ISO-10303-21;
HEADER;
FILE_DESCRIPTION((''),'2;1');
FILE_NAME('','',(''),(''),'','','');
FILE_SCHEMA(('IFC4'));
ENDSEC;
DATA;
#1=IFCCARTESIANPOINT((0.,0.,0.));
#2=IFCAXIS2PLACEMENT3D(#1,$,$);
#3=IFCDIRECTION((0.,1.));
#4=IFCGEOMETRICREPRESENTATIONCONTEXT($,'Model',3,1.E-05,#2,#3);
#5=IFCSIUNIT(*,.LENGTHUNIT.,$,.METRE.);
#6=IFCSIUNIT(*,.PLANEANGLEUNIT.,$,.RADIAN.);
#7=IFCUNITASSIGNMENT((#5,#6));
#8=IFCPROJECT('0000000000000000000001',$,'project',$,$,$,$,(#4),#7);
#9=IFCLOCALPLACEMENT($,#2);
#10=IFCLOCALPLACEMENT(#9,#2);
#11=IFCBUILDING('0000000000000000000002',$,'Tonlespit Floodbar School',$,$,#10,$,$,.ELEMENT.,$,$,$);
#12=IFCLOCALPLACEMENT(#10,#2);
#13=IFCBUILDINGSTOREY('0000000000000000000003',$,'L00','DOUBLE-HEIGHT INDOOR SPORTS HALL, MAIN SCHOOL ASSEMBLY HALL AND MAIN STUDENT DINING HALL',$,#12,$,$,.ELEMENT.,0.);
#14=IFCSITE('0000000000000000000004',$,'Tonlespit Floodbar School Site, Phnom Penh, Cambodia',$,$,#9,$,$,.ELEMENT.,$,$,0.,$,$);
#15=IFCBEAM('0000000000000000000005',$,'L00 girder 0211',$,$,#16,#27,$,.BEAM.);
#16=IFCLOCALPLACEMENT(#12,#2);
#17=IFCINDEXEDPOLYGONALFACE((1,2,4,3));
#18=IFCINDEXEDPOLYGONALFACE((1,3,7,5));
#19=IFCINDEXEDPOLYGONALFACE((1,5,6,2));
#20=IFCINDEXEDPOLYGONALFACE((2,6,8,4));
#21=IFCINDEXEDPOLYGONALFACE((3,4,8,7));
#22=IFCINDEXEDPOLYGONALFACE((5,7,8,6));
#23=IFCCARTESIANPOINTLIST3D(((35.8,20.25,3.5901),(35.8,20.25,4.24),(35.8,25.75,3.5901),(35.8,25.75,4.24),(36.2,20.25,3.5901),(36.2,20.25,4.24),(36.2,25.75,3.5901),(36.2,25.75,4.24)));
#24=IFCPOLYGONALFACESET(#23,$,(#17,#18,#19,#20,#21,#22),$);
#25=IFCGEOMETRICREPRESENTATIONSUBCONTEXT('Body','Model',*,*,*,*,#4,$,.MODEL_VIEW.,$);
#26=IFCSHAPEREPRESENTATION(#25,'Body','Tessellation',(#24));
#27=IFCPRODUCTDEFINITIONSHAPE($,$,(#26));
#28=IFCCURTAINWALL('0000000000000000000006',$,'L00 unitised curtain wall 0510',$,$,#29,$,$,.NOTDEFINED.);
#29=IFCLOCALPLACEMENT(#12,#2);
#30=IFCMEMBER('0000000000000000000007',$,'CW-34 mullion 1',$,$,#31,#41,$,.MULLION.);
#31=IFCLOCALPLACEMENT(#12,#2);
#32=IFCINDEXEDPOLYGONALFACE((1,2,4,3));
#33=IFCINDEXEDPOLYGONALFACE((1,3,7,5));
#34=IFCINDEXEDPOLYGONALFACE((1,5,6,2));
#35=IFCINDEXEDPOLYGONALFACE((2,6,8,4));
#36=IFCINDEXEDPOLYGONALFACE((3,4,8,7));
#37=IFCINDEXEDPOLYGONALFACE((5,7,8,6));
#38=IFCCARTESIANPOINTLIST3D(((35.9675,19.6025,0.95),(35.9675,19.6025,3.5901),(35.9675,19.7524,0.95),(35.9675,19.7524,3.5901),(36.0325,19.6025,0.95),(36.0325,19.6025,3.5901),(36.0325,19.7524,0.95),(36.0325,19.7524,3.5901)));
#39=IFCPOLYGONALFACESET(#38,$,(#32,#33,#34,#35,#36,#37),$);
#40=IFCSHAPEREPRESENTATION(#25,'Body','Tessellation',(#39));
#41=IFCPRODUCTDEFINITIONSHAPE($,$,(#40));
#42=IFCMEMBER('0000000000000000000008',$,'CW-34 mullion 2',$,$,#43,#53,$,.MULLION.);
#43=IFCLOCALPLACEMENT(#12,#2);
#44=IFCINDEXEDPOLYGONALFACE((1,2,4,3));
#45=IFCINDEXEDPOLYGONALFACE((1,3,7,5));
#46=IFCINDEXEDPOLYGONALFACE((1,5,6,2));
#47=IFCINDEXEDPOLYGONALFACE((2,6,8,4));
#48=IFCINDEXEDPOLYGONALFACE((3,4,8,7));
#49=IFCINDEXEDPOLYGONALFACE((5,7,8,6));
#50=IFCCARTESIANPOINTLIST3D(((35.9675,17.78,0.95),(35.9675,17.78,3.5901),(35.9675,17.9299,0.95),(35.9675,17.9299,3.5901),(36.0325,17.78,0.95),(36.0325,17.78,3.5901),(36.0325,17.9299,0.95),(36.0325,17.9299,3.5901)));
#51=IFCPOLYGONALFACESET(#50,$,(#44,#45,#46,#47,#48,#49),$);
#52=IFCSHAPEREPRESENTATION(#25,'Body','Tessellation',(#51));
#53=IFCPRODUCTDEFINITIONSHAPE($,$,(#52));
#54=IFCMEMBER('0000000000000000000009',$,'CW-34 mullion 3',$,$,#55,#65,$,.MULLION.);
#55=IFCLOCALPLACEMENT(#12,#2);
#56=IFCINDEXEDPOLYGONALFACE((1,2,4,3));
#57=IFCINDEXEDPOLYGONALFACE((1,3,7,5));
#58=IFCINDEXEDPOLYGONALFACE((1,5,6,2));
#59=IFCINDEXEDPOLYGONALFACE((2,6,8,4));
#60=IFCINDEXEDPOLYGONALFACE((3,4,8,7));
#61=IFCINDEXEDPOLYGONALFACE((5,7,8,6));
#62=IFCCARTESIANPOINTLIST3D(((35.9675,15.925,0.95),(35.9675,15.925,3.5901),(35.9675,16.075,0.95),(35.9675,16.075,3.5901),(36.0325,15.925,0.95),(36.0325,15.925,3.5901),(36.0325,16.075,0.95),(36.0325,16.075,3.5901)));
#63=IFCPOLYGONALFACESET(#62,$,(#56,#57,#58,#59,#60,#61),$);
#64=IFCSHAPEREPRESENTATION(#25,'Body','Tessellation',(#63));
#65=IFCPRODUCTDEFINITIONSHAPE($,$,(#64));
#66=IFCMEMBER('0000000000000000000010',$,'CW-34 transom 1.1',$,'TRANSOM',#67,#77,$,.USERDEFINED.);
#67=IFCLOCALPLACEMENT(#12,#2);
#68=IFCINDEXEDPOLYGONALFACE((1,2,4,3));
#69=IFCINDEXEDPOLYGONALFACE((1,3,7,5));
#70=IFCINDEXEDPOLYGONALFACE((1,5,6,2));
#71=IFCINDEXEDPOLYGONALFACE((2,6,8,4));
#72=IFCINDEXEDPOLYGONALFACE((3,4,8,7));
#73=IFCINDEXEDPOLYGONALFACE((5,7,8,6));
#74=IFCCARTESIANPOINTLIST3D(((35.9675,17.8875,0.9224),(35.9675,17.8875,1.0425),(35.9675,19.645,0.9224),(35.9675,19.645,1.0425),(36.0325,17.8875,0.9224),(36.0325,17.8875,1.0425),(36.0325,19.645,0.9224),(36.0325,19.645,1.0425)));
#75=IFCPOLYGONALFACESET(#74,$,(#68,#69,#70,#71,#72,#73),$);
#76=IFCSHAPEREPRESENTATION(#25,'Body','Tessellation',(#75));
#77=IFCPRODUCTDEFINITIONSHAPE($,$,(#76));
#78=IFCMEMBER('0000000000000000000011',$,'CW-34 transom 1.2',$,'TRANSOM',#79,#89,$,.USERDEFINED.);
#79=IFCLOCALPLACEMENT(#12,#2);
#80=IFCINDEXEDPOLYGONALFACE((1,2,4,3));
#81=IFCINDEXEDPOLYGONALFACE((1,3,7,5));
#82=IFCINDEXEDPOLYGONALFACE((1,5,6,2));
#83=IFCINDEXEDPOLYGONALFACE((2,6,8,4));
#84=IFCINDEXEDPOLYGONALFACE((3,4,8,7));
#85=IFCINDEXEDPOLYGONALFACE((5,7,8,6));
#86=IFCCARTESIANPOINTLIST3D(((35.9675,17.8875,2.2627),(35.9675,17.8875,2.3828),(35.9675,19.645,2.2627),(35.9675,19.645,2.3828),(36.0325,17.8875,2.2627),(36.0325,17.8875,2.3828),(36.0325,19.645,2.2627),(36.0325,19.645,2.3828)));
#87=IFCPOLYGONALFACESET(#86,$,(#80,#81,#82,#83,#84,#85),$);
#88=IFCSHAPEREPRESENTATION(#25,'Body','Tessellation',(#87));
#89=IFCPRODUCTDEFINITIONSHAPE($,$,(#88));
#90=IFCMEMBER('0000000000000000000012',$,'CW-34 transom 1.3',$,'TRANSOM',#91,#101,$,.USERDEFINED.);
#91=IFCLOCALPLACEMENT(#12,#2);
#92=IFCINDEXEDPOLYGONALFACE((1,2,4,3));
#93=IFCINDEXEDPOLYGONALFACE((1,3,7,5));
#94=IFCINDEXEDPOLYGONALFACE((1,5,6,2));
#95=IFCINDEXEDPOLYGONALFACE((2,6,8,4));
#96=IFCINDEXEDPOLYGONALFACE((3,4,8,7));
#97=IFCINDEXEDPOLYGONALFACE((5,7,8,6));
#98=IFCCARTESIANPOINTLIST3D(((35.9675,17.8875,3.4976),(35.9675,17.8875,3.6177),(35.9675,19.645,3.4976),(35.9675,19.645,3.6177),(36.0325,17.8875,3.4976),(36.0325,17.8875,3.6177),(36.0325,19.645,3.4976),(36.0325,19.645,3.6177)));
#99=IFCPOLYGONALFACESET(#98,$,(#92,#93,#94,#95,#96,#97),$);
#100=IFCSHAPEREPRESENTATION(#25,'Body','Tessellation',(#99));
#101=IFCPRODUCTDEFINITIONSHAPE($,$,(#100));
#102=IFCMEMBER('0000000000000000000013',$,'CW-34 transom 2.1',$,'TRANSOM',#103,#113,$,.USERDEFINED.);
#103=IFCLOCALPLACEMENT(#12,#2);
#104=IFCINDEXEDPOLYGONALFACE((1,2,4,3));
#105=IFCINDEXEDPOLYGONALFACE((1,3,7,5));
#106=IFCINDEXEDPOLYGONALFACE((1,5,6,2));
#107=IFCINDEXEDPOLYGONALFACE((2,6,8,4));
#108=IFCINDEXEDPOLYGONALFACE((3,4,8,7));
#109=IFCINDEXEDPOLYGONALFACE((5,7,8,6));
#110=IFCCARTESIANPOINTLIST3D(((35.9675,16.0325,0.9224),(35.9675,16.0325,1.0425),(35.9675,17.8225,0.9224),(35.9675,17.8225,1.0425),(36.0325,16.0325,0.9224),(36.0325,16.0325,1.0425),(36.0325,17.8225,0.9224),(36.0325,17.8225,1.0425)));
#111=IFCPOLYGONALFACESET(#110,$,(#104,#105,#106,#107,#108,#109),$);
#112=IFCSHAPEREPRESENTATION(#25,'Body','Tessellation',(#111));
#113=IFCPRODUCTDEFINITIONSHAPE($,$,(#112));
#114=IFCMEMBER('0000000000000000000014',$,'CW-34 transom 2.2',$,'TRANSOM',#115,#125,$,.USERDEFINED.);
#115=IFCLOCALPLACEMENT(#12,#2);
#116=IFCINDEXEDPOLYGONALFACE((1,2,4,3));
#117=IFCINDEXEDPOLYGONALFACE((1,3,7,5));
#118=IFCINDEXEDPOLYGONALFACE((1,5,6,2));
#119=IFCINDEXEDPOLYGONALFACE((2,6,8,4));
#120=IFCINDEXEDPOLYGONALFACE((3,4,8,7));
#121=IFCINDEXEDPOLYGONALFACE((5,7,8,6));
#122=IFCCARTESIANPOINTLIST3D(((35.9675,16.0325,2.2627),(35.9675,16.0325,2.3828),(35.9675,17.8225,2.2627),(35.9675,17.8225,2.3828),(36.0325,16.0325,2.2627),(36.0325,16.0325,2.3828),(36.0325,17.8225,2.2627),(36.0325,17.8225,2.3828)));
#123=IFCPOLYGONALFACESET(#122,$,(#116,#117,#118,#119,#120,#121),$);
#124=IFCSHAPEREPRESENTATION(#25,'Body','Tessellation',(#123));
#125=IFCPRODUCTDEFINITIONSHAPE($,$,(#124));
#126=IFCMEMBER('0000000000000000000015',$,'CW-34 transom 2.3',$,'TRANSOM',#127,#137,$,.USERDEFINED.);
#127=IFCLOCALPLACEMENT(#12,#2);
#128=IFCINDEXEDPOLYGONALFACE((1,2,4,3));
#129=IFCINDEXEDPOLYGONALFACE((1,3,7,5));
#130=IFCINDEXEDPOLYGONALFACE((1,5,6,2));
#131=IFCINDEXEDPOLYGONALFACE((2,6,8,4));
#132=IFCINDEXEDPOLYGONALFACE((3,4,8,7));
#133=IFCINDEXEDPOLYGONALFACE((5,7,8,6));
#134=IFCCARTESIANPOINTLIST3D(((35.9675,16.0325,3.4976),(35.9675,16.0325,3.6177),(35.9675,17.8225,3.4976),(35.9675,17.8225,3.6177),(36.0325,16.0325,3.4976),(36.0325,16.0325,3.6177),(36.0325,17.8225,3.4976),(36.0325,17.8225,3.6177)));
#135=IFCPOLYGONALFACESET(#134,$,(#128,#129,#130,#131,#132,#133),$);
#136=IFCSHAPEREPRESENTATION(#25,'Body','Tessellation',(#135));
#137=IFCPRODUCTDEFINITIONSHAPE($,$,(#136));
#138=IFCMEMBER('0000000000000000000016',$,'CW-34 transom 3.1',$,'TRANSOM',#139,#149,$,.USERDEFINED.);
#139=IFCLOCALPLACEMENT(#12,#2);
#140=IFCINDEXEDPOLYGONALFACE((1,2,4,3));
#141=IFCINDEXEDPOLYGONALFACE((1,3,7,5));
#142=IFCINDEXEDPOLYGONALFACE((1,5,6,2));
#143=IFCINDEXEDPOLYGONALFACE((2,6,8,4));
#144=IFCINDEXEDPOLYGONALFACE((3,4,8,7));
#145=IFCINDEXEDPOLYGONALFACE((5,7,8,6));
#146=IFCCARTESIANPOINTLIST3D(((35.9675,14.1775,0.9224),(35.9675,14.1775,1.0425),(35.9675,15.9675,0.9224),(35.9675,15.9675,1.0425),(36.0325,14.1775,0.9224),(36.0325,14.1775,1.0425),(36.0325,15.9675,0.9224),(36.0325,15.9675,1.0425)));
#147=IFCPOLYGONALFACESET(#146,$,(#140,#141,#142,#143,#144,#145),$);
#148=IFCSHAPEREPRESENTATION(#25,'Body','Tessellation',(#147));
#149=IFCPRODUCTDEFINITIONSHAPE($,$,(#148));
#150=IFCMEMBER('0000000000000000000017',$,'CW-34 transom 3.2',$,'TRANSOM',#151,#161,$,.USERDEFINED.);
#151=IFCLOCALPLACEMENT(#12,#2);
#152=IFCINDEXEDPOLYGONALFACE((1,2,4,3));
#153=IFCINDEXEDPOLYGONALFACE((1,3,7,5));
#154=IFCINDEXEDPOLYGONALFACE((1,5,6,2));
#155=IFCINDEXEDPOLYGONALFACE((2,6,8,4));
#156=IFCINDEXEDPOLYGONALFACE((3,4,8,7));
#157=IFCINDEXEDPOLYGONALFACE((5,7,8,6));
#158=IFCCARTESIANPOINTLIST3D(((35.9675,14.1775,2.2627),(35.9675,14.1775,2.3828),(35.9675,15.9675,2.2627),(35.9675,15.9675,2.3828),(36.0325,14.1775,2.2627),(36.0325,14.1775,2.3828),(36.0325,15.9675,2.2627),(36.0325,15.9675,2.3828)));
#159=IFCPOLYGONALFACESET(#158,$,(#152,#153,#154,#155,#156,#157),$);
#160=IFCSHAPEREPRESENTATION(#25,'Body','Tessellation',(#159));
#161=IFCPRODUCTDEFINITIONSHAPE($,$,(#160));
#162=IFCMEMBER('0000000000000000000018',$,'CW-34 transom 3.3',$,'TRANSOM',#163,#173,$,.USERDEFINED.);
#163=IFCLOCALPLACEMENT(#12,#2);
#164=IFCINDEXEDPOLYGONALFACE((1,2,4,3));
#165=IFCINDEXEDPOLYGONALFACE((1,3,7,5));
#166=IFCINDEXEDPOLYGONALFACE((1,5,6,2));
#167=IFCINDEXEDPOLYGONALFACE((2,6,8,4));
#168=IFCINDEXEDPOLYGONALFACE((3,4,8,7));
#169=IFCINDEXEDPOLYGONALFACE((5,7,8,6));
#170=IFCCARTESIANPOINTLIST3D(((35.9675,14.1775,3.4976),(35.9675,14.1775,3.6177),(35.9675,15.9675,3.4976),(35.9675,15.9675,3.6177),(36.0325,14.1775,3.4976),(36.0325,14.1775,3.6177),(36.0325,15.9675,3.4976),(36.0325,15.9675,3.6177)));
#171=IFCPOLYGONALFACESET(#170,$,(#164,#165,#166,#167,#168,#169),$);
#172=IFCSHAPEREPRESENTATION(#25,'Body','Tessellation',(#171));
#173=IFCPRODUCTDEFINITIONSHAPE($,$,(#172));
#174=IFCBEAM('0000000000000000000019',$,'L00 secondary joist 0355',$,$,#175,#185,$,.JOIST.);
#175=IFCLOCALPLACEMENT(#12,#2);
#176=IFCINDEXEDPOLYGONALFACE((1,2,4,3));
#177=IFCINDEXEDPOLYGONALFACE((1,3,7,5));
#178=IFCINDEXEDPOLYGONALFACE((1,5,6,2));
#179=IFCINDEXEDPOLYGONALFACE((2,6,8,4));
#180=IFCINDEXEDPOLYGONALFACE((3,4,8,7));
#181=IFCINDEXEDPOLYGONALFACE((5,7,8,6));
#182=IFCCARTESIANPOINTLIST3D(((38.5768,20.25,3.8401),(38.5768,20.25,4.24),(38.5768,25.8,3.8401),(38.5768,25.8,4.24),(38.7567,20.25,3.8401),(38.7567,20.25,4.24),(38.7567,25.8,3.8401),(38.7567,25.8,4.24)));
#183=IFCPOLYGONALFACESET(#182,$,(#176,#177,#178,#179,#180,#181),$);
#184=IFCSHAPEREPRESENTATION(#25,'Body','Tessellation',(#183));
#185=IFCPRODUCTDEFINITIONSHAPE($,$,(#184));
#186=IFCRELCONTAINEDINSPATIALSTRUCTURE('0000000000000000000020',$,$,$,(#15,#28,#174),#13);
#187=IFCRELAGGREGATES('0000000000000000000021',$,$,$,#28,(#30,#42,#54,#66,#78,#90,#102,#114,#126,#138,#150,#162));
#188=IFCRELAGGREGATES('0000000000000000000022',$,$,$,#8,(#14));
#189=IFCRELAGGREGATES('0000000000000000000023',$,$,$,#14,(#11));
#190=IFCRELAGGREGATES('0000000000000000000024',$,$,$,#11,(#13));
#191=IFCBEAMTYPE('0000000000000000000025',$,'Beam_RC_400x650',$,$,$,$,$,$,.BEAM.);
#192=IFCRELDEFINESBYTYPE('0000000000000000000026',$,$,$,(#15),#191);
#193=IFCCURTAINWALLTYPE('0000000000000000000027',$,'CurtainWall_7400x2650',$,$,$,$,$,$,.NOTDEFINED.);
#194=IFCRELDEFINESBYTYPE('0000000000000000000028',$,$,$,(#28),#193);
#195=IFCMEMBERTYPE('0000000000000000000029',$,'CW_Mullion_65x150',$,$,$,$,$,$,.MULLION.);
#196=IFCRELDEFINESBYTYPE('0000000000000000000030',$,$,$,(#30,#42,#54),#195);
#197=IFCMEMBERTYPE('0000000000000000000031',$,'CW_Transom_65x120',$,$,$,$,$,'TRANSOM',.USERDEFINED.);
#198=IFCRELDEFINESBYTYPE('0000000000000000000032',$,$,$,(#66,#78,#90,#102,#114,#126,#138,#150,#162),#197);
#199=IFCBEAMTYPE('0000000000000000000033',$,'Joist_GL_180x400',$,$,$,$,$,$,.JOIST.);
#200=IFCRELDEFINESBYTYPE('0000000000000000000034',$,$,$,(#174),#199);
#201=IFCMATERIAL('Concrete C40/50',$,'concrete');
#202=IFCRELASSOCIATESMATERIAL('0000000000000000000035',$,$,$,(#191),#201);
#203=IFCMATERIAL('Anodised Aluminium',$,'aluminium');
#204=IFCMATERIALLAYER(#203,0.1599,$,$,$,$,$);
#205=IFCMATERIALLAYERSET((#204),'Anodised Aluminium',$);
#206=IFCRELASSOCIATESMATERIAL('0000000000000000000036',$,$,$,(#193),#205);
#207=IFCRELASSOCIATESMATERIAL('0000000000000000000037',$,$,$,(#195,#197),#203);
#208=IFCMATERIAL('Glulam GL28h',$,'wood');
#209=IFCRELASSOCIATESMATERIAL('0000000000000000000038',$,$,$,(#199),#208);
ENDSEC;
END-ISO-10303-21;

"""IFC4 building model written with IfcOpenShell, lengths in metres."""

from ifc_helpers import new_model, si_unit, direction, frame, origin, origin_2d, place, context, subcontext, project, spatial, rectangle, extrude, material, layer, layer_set, material_profile, profile_set, type_object, element, aggregate, save


model = new_model("IFC4")

# Units and contexts
model_context = context("Model", 3, precision=1e-05, world=origin(), true_north=direction((0.0, 1.0)))
body_context = subcontext(model_context, "Body", "Model", "MODEL_VIEW")
ifc_project = project(units=[si_unit("LENGTHUNIT", "METRE"), si_unit("PLANEANGLEUNIT", "RADIAN")], contexts=[model_context])

# Site, building, storey
site_placement = place(None, origin())
site = spatial("IfcSite", under=ifc_project, at=site_placement, Name="Tonlespit Floodbar School Site, Phnom Penh, Cambodia", CompositionType="ELEMENT", RefElevation=0.0)
building_placement = place(site_placement, origin())
building = spatial("IfcBuilding", under=site, at=building_placement, Name="Tonlespit Floodbar School", CompositionType="ELEMENT")
storey_placement = place(building_placement, origin())
storey = spatial("IfcBuildingStorey", under=building, at=storey_placement, Name="L00", Description="DOUBLE-HEIGHT INDOOR SPORTS HALL, MAIN SCHOOL ASSEMBLY HALL AND MAIN STUDENT DINING HALL", CompositionType="ELEMENT", Elevation=0.0)

# Shared definitions
ifc_material_1 = material(Name="Concrete C40/50", Category="concrete")

# Beam
ifc_material_profile_1 = material_profile(ifc_material_1, rectangle(XDim=0.3999, YDim=0.6499, at=origin_2d()), Name="RC 400x650")
ifc_profile_set_1 = profile_set([ifc_material_profile_1], Name="Concrete C40/50")
beam_type_1 = type_object("IfcBeamType", Name="Beam_RC_400x650", PredefinedType="BEAM", material=ifc_profile_set_1)
beam_1_placement = place(storey_placement, frame((36.0, 20.25, 3.915), z_axis=(0.0, 1.0, 0.0), x_axis=(-1.0, 0.0, 0.0)))
element("IfcBeam", 1, at=beam_1_placement, inside=storey, type_object=beam_type_1, Name="L00 girder 0211", PredefinedType="BEAM", context=body_context, shape_type="SweptSolid", body=[
    extrude(rectangle(XDim=0.3999, YDim=0.6499, at=origin_2d()), origin(), (0.0, 0.0, 1.0), 5.5),
])

# Curtain wall, members
ifc_material_2 = material(Name="Anodised Aluminium", Category="aluminium")
ifc_layer_1 = layer(ifc_material_2, 0.1599)
ifc_layer_set_1 = layer_set([ifc_layer_1], Name="Anodised Aluminium")
curtain_wall_type = type_object("IfcCurtainWallType", Name="CurtainWall_7400x2650", PredefinedType="NOTDEFINED", material=ifc_layer_set_1)
curtain_wall_placement = place(storey_placement, origin())
curtain_wall = element("IfcCurtainWall", 2, at=curtain_wall_placement, inside=storey, type_object=curtain_wall_type, Name="L00 unitised curtain wall 0510", PredefinedType="NOTDEFINED")
ifc_material_profile_2 = material_profile(ifc_material_2, rectangle(XDim=0.0649, YDim=0.1499, at=origin_2d()), Name="ALU M65x150")
ifc_profile_set_2 = profile_set([ifc_material_profile_2], Name="Anodised Aluminium")
member_type_1 = type_object("IfcMemberType", Name="CW_Mullion_65x150", PredefinedType="MULLION", material=ifc_profile_set_2)
member_1_placement = place(storey_placement, frame((36.0, 19.6775, 0.95), z_axis=(0.0, 0.0, 1.0), x_axis=(1.0, 0.0, 0.0)))
member_1 = element("IfcMember", 3, at=member_1_placement, type_object=member_type_1, Name="CW-34 mullion 1", PredefinedType="MULLION", context=body_context, shape_type="SweptSolid", body=[
    extrude(rectangle(XDim=0.0649, YDim=0.1499, at=origin_2d()), origin(), (0.0, 0.0, 1.0), 2.6401),
])
member_2_placement = place(storey_placement, frame((36.0, 17.855, 0.95), z_axis=(0.0, 0.0, 1.0), x_axis=(1.0, 0.0, 0.0)))
member_2 = element("IfcMember", 4, at=member_2_placement, type_object=member_type_1, Name="CW-34 mullion 2", PredefinedType="MULLION", context=body_context, shape_type="SweptSolid", body=[
    extrude(rectangle(XDim=0.0649, YDim=0.1499, at=origin_2d()), origin(), (0.0, 0.0, 1.0), 2.6401),
])
member_3_placement = place(storey_placement, frame((36.0, 16.0, 0.95), z_axis=(0.0, 0.0, 1.0), x_axis=(1.0, 0.0, 0.0)))
member_3 = element("IfcMember", 5, at=member_3_placement, type_object=member_type_1, Name="CW-34 mullion 3", PredefinedType="MULLION", context=body_context, shape_type="SweptSolid", body=[
    extrude(rectangle(XDim=0.0649, YDim=0.1499, at=origin_2d()), origin(), (0.0, 0.0, 1.0), 2.6401),
])
ifc_material_profile_3 = material_profile(ifc_material_2, rectangle(XDim=0.0649, YDim=0.1201, at=origin_2d()), Name="ALU T65x120")
ifc_profile_set_3 = profile_set([ifc_material_profile_3], Name="Anodised Aluminium")
member_type_2 = type_object("IfcMemberType", Name="CW_Transom_65x120", ElementType="TRANSOM", PredefinedType="USERDEFINED", material=ifc_profile_set_3)
member_4_placement = place(storey_placement, frame((36.0, 19.645, 0.9824), z_axis=(0.0, -1.0, 0.0), x_axis=(1.0, 0.0, 0.0)))
member_4 = element("IfcMember", 6, at=member_4_placement, type_object=member_type_2, Name="CW-34 transom 1.1", ObjectType="TRANSOM", PredefinedType="USERDEFINED", context=body_context, shape_type="SweptSolid", body=[
    extrude(rectangle(XDim=0.0649, YDim=0.1201, at=origin_2d()), origin(), (0.0, 0.0, 1.0), 1.7576),
])
member_5_placement = place(storey_placement, frame((36.0, 19.645, 2.3228), z_axis=(0.0, -1.0, 0.0), x_axis=(1.0, 0.0, 0.0)))
member_5 = element("IfcMember", 7, at=member_5_placement, type_object=member_type_2, Name="CW-34 transom 1.2", ObjectType="TRANSOM", PredefinedType="USERDEFINED", context=body_context, shape_type="SweptSolid", body=[
    extrude(rectangle(XDim=0.0649, YDim=0.1201, at=origin_2d()), origin(), (0.0, 0.0, 1.0), 1.7576),
])
member_6_placement = place(storey_placement, frame((36.0, 19.645, 3.5576), z_axis=(0.0, -1.0, 0.0), x_axis=(1.0, 0.0, 0.0)))
member_6 = element("IfcMember", 8, at=member_6_placement, type_object=member_type_2, Name="CW-34 transom 1.3", ObjectType="TRANSOM", PredefinedType="USERDEFINED", context=body_context, shape_type="SweptSolid", body=[
    extrude(rectangle(XDim=0.0649, YDim=0.1201, at=origin_2d()), origin(), (0.0, 0.0, 1.0), 1.7576),
])
member_7_placement = place(storey_placement, frame((36.0, 17.8225, 0.9824), z_axis=(0.0, -1.0, 0.0), x_axis=(1.0, 0.0, 0.0)))
member_7 = element("IfcMember", 9, at=member_7_placement, type_object=member_type_2, Name="CW-34 transom 2.1", ObjectType="TRANSOM", PredefinedType="USERDEFINED", context=body_context, shape_type="SweptSolid", body=[
    extrude(rectangle(XDim=0.0649, YDim=0.1201, at=origin_2d()), origin(), (0.0, 0.0, 1.0), 1.79),
])
member_8_placement = place(storey_placement, frame((36.0, 17.8225, 2.3228), z_axis=(0.0, -1.0, 0.0), x_axis=(1.0, 0.0, 0.0)))
member_8 = element("IfcMember", 10, at=member_8_placement, type_object=member_type_2, Name="CW-34 transom 2.2", ObjectType="TRANSOM", PredefinedType="USERDEFINED", context=body_context, shape_type="SweptSolid", body=[
    extrude(rectangle(XDim=0.0649, YDim=0.1201, at=origin_2d()), origin(), (0.0, 0.0, 1.0), 1.79),
])
member_9_placement = place(storey_placement, frame((36.0, 17.8225, 3.5576), z_axis=(0.0, -1.0, 0.0), x_axis=(1.0, 0.0, 0.0)))
member_9 = element("IfcMember", 11, at=member_9_placement, type_object=member_type_2, Name="CW-34 transom 2.3", ObjectType="TRANSOM", PredefinedType="USERDEFINED", context=body_context, shape_type="SweptSolid", body=[
    extrude(rectangle(XDim=0.0649, YDim=0.1201, at=origin_2d()), origin(), (0.0, 0.0, 1.0), 1.79),
])
member_10_placement = place(storey_placement, frame((36.0, 15.9675, 0.9824), z_axis=(0.0, -1.0, 0.0), x_axis=(1.0, 0.0, 0.0)))
member_10 = element("IfcMember", 12, at=member_10_placement, type_object=member_type_2, Name="CW-34 transom 3.1", ObjectType="TRANSOM", PredefinedType="USERDEFINED", context=body_context, shape_type="SweptSolid", body=[
    extrude(rectangle(XDim=0.0649, YDim=0.1201, at=origin_2d()), origin(), (0.0, 0.0, 1.0), 1.79),
])
member_11_placement = place(storey_placement, frame((36.0, 15.9675, 2.3228), z_axis=(0.0, -1.0, 0.0), x_axis=(1.0, 0.0, 0.0)))
member_11 = element("IfcMember", 13, at=member_11_placement, type_object=member_type_2, Name="CW-34 transom 3.2", ObjectType="TRANSOM", PredefinedType="USERDEFINED", context=body_context, shape_type="SweptSolid", body=[
    extrude(rectangle(XDim=0.0649, YDim=0.1201, at=origin_2d()), origin(), (0.0, 0.0, 1.0), 1.79),
])
member_12_placement = place(storey_placement, frame((36.0, 15.9675, 3.5576), z_axis=(0.0, -1.0, 0.0), x_axis=(1.0, 0.0, 0.0)))
member_12 = element("IfcMember", 14, at=member_12_placement, type_object=member_type_2, Name="CW-34 transom 3.3", ObjectType="TRANSOM", PredefinedType="USERDEFINED", context=body_context, shape_type="SweptSolid", body=[
    extrude(rectangle(XDim=0.0649, YDim=0.1201, at=origin_2d()), origin(), (0.0, 0.0, 1.0), 1.79),
])

# Beam
ifc_material_3 = material(Name="Glulam GL28h", Category="wood")
ifc_material_profile_4 = material_profile(ifc_material_3, rectangle(XDim=0.1799, YDim=0.3999, at=origin_2d()), Name="GL 180x400")
ifc_profile_set_4 = profile_set([ifc_material_profile_4], Name="Glulam GL28h")
beam_type_2 = type_object("IfcBeamType", Name="Joist_GL_180x400", PredefinedType="JOIST", material=ifc_profile_set_4)
for number, where, z_axis, x_axis, name in (
    (15, (38.6667, 20.25, 4.04), (0.0, 1.0, 0.0), (-1.0, 0.0, 0.0), "L00 secondary joist 0355"),
):
    element("IfcBeam", number, at=place(storey_placement, frame(where, z_axis=z_axis, x_axis=x_axis)), inside=storey, type_object=beam_type_2, Name=name, PredefinedType="JOIST", context=body_context, shape_type="SweptSolid", body=[
        extrude(rectangle(XDim=0.1799, YDim=0.3999, at=origin_2d()), origin(), (0.0, 0.0, 1.0), 5.55),
    ])

aggregate(curtain_wall, [member_1, member_2, member_3, member_4, member_5, member_6, member_7, member_8, member_9, member_10, member_11, member_12])

save(model, "model.ifc")
